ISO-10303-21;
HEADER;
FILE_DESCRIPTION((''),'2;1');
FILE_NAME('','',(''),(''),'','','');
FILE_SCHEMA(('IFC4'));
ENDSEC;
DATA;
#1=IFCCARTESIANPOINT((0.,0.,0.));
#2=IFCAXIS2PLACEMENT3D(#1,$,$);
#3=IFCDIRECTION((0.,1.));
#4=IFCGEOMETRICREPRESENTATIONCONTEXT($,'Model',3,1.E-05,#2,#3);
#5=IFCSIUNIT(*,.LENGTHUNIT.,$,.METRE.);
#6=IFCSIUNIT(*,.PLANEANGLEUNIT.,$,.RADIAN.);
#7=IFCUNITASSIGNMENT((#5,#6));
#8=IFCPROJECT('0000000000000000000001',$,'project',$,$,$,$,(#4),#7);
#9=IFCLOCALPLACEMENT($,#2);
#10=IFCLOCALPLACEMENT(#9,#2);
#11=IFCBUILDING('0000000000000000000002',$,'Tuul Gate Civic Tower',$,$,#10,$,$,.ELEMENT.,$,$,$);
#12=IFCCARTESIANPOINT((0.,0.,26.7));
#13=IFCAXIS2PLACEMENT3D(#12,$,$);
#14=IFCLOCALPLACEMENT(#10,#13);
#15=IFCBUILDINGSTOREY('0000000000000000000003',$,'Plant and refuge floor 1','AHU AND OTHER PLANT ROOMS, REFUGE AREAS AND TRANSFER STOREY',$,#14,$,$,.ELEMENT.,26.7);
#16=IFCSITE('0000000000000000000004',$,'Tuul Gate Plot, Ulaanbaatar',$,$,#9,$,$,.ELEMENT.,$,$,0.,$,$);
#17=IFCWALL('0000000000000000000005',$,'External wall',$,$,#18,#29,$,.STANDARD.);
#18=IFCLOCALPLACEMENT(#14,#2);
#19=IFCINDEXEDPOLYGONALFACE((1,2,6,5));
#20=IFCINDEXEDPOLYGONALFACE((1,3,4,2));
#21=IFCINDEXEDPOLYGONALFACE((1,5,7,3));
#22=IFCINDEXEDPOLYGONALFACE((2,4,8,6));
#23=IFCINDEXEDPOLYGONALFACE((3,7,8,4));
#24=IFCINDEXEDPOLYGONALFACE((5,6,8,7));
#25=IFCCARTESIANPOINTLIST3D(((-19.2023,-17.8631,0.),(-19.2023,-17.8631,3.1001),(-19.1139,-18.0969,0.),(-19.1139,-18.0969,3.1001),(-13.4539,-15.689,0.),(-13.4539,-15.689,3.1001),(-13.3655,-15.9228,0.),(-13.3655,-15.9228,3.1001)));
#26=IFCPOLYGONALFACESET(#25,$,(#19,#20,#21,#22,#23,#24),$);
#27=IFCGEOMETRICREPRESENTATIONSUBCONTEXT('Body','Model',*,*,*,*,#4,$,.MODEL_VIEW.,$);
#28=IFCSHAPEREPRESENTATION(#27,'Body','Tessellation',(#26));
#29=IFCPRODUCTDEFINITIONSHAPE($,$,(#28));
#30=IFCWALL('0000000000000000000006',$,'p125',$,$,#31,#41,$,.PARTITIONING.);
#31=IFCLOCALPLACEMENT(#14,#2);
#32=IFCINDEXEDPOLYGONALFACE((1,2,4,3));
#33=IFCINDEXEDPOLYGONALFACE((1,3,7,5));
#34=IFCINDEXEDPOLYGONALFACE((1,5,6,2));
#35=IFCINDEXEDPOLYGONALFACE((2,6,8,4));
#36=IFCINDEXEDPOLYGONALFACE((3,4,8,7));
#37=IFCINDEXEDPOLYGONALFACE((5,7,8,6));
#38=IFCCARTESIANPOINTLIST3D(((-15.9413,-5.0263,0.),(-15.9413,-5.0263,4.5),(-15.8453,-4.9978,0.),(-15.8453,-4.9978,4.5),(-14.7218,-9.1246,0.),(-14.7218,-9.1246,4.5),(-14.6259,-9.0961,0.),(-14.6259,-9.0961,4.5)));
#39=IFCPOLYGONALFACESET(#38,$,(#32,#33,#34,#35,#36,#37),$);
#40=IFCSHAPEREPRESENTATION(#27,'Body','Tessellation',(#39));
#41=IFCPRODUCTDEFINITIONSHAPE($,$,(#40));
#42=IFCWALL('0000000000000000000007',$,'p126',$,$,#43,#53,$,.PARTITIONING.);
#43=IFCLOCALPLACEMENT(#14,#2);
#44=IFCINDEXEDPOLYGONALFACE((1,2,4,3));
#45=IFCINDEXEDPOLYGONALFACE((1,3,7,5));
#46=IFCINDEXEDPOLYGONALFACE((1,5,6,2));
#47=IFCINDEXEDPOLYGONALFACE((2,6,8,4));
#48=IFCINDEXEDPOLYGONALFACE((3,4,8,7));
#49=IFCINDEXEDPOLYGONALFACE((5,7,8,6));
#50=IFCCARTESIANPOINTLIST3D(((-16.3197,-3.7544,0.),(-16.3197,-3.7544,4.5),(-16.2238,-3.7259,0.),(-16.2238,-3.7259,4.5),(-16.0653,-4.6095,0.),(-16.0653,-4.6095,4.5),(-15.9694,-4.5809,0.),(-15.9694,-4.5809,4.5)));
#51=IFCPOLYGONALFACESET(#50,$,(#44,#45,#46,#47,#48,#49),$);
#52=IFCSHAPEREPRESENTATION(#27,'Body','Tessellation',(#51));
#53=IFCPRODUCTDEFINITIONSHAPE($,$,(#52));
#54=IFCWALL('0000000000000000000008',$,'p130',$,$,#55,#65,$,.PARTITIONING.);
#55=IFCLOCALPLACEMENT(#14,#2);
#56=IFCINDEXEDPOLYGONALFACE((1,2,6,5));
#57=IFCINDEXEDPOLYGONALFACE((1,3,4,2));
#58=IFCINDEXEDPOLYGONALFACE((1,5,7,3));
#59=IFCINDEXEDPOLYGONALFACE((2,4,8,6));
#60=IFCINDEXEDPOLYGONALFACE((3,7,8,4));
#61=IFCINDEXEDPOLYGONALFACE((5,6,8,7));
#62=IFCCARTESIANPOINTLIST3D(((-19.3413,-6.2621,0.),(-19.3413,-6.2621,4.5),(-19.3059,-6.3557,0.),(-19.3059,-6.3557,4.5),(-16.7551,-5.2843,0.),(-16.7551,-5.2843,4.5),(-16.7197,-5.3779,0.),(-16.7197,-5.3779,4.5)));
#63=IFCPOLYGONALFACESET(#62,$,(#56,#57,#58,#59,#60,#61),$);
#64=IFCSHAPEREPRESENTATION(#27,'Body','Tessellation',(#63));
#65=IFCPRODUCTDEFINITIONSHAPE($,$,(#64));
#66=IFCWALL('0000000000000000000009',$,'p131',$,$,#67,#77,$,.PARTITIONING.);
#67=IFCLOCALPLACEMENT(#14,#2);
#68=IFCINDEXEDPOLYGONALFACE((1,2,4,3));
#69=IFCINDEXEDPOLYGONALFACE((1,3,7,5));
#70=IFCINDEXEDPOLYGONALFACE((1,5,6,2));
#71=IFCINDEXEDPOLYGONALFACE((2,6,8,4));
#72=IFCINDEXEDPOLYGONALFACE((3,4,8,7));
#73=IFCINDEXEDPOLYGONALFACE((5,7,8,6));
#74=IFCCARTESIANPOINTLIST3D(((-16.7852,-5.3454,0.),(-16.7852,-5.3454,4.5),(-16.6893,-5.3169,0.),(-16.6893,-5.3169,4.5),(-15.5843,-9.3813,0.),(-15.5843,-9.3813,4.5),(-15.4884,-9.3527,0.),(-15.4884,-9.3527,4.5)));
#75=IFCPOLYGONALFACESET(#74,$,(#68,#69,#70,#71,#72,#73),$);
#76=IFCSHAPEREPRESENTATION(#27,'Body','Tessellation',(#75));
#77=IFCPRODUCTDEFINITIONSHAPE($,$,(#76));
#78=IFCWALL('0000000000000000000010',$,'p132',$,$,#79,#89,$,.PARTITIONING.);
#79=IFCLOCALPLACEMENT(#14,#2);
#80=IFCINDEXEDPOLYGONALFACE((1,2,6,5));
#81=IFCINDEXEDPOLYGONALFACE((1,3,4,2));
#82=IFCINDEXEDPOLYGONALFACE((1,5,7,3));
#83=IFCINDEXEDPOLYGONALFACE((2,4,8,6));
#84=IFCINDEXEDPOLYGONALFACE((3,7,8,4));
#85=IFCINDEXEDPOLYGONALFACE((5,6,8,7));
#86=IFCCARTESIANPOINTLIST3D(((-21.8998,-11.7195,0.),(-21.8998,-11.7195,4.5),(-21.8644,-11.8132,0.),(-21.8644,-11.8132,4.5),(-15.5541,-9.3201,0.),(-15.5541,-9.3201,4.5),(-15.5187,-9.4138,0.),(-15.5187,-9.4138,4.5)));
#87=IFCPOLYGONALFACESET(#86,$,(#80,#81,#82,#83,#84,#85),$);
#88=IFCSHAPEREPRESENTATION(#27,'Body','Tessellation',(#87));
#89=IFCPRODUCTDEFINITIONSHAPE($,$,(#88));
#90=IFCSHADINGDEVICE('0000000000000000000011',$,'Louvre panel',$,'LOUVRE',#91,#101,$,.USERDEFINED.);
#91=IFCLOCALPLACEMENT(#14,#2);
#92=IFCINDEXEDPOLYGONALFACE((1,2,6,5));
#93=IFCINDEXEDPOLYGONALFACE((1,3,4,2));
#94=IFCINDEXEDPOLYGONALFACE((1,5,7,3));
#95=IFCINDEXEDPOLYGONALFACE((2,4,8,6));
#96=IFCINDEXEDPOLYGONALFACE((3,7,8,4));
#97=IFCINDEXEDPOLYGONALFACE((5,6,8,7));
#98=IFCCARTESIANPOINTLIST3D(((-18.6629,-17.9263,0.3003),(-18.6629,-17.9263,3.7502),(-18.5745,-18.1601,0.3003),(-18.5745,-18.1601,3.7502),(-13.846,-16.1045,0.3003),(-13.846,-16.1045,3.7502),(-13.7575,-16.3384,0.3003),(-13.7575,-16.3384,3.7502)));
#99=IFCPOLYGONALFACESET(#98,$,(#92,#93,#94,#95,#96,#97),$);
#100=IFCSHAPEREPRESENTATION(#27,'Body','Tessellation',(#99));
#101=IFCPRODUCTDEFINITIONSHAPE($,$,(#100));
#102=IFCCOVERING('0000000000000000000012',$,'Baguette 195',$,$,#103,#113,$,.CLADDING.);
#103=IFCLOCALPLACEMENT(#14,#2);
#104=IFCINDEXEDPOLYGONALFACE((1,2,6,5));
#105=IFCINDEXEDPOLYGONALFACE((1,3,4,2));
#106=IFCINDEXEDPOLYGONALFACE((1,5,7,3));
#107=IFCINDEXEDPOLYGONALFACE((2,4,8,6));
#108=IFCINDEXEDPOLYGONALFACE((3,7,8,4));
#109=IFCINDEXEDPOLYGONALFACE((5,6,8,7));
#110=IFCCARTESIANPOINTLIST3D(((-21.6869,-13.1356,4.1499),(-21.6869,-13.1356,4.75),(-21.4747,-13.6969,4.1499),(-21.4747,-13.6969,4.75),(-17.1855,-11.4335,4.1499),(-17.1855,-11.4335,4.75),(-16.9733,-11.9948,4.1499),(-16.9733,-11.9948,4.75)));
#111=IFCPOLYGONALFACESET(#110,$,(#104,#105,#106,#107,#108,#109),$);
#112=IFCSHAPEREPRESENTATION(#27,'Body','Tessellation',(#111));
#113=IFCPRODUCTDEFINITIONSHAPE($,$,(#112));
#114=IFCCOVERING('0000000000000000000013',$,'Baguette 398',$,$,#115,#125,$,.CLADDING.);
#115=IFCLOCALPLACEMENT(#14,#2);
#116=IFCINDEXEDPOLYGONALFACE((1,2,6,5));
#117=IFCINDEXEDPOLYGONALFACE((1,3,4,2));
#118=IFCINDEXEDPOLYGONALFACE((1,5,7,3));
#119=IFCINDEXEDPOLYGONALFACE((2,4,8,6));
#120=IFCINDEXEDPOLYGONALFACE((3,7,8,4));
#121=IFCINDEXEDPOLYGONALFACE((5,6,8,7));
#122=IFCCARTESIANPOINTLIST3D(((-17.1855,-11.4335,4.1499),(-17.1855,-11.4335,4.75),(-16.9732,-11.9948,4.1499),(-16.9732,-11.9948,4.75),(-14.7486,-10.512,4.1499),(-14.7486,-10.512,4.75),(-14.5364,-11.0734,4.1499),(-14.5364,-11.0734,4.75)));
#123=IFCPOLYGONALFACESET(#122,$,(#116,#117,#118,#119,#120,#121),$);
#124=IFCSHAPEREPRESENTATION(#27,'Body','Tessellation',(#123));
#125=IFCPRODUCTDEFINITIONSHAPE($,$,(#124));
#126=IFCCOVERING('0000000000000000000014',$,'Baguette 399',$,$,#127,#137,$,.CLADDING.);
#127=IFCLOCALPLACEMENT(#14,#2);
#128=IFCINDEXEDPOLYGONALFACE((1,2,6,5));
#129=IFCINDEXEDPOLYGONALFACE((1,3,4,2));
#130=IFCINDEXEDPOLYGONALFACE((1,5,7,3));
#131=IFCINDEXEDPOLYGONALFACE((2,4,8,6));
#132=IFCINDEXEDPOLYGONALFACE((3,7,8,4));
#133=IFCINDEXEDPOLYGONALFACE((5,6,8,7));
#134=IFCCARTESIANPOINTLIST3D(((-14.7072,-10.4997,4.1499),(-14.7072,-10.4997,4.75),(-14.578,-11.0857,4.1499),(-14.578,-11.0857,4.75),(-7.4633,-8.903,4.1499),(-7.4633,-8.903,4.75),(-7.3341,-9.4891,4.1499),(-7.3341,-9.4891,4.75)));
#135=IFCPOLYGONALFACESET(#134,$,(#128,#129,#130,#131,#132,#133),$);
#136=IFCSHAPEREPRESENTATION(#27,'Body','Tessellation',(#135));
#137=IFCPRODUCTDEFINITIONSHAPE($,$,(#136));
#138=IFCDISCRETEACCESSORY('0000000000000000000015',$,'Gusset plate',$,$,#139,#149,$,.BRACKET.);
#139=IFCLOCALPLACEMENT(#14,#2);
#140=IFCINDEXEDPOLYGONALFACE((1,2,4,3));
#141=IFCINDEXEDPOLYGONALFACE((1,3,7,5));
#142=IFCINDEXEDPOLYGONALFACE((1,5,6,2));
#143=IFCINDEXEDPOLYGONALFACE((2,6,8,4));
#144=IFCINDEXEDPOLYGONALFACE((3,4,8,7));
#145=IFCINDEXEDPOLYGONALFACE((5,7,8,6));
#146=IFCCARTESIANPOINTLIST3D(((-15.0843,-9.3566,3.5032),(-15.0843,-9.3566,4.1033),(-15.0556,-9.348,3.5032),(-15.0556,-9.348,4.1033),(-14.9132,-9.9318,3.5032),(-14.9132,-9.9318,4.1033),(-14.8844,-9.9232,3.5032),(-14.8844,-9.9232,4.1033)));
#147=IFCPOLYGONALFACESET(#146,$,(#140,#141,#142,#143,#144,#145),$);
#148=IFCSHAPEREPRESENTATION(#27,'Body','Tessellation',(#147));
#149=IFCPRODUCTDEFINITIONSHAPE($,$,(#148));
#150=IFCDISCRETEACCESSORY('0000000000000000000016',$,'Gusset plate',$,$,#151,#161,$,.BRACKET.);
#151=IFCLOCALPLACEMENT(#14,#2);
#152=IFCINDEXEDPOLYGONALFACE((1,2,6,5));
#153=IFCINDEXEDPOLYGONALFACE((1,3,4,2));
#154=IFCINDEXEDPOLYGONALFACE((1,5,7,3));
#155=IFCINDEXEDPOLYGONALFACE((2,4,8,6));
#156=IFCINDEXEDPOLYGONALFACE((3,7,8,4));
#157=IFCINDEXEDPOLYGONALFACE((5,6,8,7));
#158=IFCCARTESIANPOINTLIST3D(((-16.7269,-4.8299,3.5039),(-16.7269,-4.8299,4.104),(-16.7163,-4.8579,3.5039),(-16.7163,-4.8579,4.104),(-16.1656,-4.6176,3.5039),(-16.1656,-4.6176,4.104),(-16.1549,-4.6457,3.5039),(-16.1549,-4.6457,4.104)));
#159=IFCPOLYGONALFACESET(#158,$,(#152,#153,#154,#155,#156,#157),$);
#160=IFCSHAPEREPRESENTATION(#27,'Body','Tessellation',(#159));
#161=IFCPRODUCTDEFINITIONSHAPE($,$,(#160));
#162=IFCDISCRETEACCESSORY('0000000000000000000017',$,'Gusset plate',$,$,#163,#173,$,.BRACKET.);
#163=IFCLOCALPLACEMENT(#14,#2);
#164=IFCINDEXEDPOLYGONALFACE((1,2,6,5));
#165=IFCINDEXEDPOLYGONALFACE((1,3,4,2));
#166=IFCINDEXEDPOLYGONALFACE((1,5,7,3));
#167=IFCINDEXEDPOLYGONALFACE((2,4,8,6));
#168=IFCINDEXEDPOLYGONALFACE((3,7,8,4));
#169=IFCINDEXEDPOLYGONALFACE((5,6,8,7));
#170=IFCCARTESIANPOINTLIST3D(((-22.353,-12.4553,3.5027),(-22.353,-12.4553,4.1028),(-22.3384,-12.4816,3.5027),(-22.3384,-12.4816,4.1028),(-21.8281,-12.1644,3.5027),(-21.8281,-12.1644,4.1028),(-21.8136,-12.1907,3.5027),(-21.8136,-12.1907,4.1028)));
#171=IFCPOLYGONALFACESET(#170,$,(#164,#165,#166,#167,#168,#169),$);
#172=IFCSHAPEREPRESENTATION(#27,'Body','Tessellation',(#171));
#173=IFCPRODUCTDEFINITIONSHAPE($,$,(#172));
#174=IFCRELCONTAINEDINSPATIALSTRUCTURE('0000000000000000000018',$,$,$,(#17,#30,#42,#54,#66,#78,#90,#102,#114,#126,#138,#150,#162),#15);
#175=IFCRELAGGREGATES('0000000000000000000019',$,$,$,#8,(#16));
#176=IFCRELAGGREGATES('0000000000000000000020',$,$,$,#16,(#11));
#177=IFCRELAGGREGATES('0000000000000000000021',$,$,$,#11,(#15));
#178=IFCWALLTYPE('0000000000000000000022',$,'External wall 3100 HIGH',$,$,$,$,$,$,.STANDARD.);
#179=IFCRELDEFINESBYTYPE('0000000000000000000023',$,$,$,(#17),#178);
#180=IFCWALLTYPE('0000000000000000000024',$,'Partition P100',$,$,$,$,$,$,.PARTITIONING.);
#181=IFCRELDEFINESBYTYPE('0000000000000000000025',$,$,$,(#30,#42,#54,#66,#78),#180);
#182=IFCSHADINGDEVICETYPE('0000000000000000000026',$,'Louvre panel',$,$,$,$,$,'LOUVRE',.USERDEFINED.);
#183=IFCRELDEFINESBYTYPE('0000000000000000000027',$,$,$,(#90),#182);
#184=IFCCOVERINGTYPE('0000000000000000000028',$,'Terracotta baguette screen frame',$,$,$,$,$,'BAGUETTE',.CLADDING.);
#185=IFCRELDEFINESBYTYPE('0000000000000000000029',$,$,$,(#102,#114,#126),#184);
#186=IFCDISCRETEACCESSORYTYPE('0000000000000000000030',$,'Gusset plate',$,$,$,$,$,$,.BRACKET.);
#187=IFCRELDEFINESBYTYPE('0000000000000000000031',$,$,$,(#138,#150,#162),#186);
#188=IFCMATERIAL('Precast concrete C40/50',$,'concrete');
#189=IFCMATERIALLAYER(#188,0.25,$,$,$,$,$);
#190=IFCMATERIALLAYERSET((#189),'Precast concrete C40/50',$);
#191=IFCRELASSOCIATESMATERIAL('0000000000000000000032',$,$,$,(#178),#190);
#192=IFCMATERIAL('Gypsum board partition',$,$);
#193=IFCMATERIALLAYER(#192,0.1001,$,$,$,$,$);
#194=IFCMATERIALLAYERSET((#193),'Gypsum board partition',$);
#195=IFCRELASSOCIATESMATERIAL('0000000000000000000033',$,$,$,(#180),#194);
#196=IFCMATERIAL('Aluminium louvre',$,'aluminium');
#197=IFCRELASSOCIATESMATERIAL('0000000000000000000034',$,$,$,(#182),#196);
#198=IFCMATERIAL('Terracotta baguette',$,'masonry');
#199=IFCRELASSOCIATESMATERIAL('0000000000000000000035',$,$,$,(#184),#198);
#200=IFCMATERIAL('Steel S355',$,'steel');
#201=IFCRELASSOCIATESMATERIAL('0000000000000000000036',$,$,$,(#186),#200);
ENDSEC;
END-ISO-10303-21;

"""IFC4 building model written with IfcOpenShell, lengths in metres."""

from ifc_helpers import new_model, si_unit, direction, frame, frame_2d, origin, origin_2d, place, context, subcontext, project, spatial, rectangle, extrude, material, layer, layer_set, material_profile, profile_set, type_object, element, save


model = new_model("IFC4")

# Units and contexts
model_context = context("Model", 3, precision=1e-05, world=origin(), true_north=direction((0.0, 1.0)))
body_context = subcontext(model_context, "Body", "Model", "MODEL_VIEW")
ifc_project = project(units=[si_unit("LENGTHUNIT", "METRE"), si_unit("PLANEANGLEUNIT", "RADIAN")], contexts=[model_context])

# Site, building, storey
site_placement = place(None, origin())
site = spatial("IfcSite", under=ifc_project, at=site_placement, Name="Tuul Gate Plot, Ulaanbaatar", CompositionType="ELEMENT", RefElevation=0.0)
building_placement = place(site_placement, origin())
building = spatial("IfcBuilding", under=site, at=building_placement, Name="Tuul Gate Civic Tower", CompositionType="ELEMENT")
storey_placement = place(building_placement, frame((0.0, 0.0, 26.7)))
storey = spatial("IfcBuildingStorey", under=building, at=storey_placement, Name="Plant and refuge floor 1", Description="AHU AND OTHER PLANT ROOMS, REFUGE AREAS AND TRANSFER STOREY", CompositionType="ELEMENT", Elevation=26.7)

# Walls
ifc_material_1 = material(Name="Precast concrete C40/50", Category="concrete")
ifc_layer_1 = layer(ifc_material_1, 0.25)
ifc_layer_set_1 = layer_set([ifc_layer_1], Name="Precast concrete C40/50")
wall_type_1 = type_object("IfcWallType", Name="External wall 3100 HIGH", PredefinedType="STANDARD", material=ifc_layer_set_1)
wall_1_placement = place(storey_placement, frame((-19.158, -17.98, 0.0), z_axis=(0.0, 0.0, 1.0), x_axis=(0.935338, 0.353756, 0.0)))
element("IfcWall", 1, at=wall_1_placement, inside=storey, type_object=wall_type_1, Name="External wall", PredefinedType="STANDARD", context=body_context, shape_type="SweptSolid", body=[
    extrude(rectangle(XDim=6.1458, YDim=0.25, at=frame_2d((3.0728, 0.0))), origin(), (0.0, 0.0, 1.0), 3.1001),
])
ifc_material_2 = material(Name="Gypsum board partition")
ifc_layer_2 = layer(ifc_material_2, 0.1001)
ifc_layer_set_2 = layer_set([ifc_layer_2], Name="Gypsum board partition")
wall_type_2 = type_object("IfcWallType", Name="Partition P100", PredefinedType="PARTITIONING", material=ifc_layer_set_2)
wall_2_placement = place(storey_placement, frame((-14.6738, -9.1104, 0.0), z_axis=(0.0, 0.0, 1.0), x_axis=(-0.285194, 0.95847, 0.0)))
element("IfcWall", 2, at=wall_2_placement, inside=storey, type_object=wall_type_2, Name="p125", PredefinedType="PARTITIONING", context=body_context, shape_type="SweptSolid", body=[
    extrude(rectangle(XDim=4.2759, YDim=0.1001, at=frame_2d((2.1379, 0.0))), origin(), (0.0, 0.0, 1.0), 4.5),
])
wall_3_placement = place(storey_placement, frame((-16.0173, -4.5952, 0.0), z_axis=(0.0, 0.0, 1.0), x_axis=(-0.285188, 0.958472, 0.0)))
element("IfcWall", 3, at=wall_3_placement, inside=storey, type_object=wall_type_2, Name="p126", PredefinedType="PARTITIONING", context=body_context, shape_type="SweptSolid", body=[
    extrude(rectangle(XDim=0.8921, YDim=0.1001, at=frame_2d((0.446, 0.0))), origin(), (0.0, 0.0, 1.0), 4.5),
])
wall_4_placement = place(storey_placement, frame((-19.3235, -6.3088, 0.0), z_axis=(0.0, 0.0, 1.0), x_axis=(0.935379, 0.353648, 0.0)))
element("IfcWall", 4, at=wall_4_placement, inside=storey, type_object=wall_type_2, Name="p130", PredefinedType="PARTITIONING", context=body_context, shape_type="SweptSolid", body=[
    extrude(rectangle(XDim=2.7649, YDim=0.1001, at=frame_2d((1.3823, 0.0))), origin(), (0.0, 0.0, 1.0), 4.5),
])
wall_5_placement = place(storey_placement, frame((-16.7373, -5.3311, 0.0), z_axis=(0.0, 0.0, 1.0), x_axis=(0.285204, -0.958467, 0.0)))
element("IfcWall", 5, at=wall_5_placement, inside=storey, type_object=wall_type_2, Name="p131", PredefinedType="PARTITIONING", context=body_context, shape_type="SweptSolid", body=[
    extrude(rectangle(XDim=4.2107, YDim=0.1001, at=frame_2d((2.1055, 0.0))), origin(), (0.0, 0.0, 1.0), 4.5),
])
wall_6_placement = place(storey_placement, frame((-15.5364, -9.3669, 0.0), z_axis=(0.0, 0.0, 1.0), x_axis=(-0.935367, -0.353678, 0.0)))
element("IfcWall", 6, at=wall_6_placement, inside=storey, type_object=wall_type_2, Name="p132", PredefinedType="PARTITIONING", context=body_context, shape_type="SweptSolid", body=[
    extrude(rectangle(XDim=6.7842, YDim=0.1001, at=frame_2d((3.3921, 0.0))), origin(), (0.0, 0.0, 1.0), 4.5),
])

# Shading device
ifc_material_3 = material(Name="Aluminium louvre", Category="aluminium")
shading_device_type = type_object("IfcShadingDeviceType", Name="Louvre panel", ElementType="LOUVRE", PredefinedType="USERDEFINED", material=ifc_material_3)
shading_device_placement = place(storey_placement, frame((-16.2102, -17.1323, 0.3003), z_axis=(0.0, 0.0, 1.0), x_axis=(0.353739, -0.935344, 0.0)))
element("IfcShadingDevice", 7, at=shading_device_placement, inside=storey, type_object=shading_device_type, Name="Louvre panel", ObjectType="LOUVRE", PredefinedType="USERDEFINED", context=body_context, shape_type="SweptSolid", body=[
    extrude(rectangle(XDim=0.25, YDim=5.1499, at=origin_2d()), origin(), (0.0, 0.0, 1.0), 3.45),
])

# Coverings
ifc_material_4 = material(Name="Terracotta baguette", Category="masonry")
ifc_material_profile_1 = material_profile(ifc_material_4, rectangle(XDim=0.6001, YDim=0.6001, at=origin_2d()), Name="Terracotta baguette screen frame")
ifc_profile_set_1 = profile_set([ifc_material_profile_1], Name="Terracotta baguette")
covering_type = type_object("IfcCoveringType", Name="Terracotta baguette screen frame", ElementType="BAGUETTE", PredefinedType="CLADDING", material=ifc_profile_set_1)
covering_1_placement = place(storey_placement, frame((-21.5808, -13.4163, 4.45), z_axis=(0.935362, 0.353691, 0.0), x_axis=(-0.353691, 0.935362, 0.0)))
element("IfcCovering", 8, at=covering_1_placement, inside=storey, type_object=covering_type, Name="Baguette 195", PredefinedType="CLADDING", context=body_context, shape_type="SweptSolid", body=[
    extrude(rectangle(XDim=0.6001, YDim=0.6001, at=origin_2d()), origin(), (0.0, 0.0, 1.0), 4.8125),
])
covering_2_placement = place(storey_placement, frame((-17.0793, -11.7141, 4.45), z_axis=(0.935367, 0.353679, 0.0), x_axis=(-0.353679, 0.935367, 0.0)))
element("IfcCovering", 9, at=covering_2_placement, inside=storey, type_object=covering_type, Name="Baguette 398", PredefinedType="CLADDING", context=body_context, shape_type="SweptSolid", body=[
    extrude(rectangle(XDim=0.6001, YDim=0.6001, at=origin_2d()), origin(), (0.0, 0.0, 1.0), 2.6052),
])
covering_3_placement = place(storey_placement, frame((-14.6426, -10.7927, 4.45), z_axis=(0.976559, 0.21525, 0.0), x_axis=(-0.21525, 0.976559, 0.0)))
element("IfcCovering", 10, at=covering_3_placement, inside=storey, type_object=covering_type, Name="Baguette 399", PredefinedType="CLADDING", context=body_context, shape_type="SweptSolid", body=[
    extrude(rectangle(XDim=0.6001, YDim=0.6001, at=origin_2d()), origin(), (0.0, 0.0, 1.0), 7.4177),
])

# Discrete accessories
ifc_material_5 = material(Name="Steel S355", Category="steel")
discrete_accessory_type = type_object("IfcDiscreteAccessoryType", Name="Gusset plate", PredefinedType="BRACKET", material=ifc_material_5)
for number, where, z_axis, x_axis, name in (
    (11, (-14.9844, -9.6399, 3.5032), (0.0, 0.0, 1.0), (-0.285196, 0.958469, 0.0), "Gusset plate"),
    (12, (-16.4409, -4.7378, 3.5039), (0.0, 0.0, 1.0), (-0.935379, -0.353648, 0.0), "Gusset plate"),
    (13, (-22.0833, -12.323, 3.5027), (0.0, 0.0, 1.0), (-0.874598, -0.484849, 0.0), "Gusset plate"),
):
    element("IfcDiscreteAccessory", number, at=place(storey_placement, frame(where, z_axis=z_axis, x_axis=x_axis)), inside=storey, type_object=discrete_accessory_type, Name=name, PredefinedType="BRACKET", context=body_context, shape_type="SweptSolid", body=[
        extrude(rectangle(XDim=0.6001, YDim=0.03, at=origin_2d()), origin(), (0.0, 0.0, 1.0), 0.6001),
    ])

save(model, "model.ifc")
